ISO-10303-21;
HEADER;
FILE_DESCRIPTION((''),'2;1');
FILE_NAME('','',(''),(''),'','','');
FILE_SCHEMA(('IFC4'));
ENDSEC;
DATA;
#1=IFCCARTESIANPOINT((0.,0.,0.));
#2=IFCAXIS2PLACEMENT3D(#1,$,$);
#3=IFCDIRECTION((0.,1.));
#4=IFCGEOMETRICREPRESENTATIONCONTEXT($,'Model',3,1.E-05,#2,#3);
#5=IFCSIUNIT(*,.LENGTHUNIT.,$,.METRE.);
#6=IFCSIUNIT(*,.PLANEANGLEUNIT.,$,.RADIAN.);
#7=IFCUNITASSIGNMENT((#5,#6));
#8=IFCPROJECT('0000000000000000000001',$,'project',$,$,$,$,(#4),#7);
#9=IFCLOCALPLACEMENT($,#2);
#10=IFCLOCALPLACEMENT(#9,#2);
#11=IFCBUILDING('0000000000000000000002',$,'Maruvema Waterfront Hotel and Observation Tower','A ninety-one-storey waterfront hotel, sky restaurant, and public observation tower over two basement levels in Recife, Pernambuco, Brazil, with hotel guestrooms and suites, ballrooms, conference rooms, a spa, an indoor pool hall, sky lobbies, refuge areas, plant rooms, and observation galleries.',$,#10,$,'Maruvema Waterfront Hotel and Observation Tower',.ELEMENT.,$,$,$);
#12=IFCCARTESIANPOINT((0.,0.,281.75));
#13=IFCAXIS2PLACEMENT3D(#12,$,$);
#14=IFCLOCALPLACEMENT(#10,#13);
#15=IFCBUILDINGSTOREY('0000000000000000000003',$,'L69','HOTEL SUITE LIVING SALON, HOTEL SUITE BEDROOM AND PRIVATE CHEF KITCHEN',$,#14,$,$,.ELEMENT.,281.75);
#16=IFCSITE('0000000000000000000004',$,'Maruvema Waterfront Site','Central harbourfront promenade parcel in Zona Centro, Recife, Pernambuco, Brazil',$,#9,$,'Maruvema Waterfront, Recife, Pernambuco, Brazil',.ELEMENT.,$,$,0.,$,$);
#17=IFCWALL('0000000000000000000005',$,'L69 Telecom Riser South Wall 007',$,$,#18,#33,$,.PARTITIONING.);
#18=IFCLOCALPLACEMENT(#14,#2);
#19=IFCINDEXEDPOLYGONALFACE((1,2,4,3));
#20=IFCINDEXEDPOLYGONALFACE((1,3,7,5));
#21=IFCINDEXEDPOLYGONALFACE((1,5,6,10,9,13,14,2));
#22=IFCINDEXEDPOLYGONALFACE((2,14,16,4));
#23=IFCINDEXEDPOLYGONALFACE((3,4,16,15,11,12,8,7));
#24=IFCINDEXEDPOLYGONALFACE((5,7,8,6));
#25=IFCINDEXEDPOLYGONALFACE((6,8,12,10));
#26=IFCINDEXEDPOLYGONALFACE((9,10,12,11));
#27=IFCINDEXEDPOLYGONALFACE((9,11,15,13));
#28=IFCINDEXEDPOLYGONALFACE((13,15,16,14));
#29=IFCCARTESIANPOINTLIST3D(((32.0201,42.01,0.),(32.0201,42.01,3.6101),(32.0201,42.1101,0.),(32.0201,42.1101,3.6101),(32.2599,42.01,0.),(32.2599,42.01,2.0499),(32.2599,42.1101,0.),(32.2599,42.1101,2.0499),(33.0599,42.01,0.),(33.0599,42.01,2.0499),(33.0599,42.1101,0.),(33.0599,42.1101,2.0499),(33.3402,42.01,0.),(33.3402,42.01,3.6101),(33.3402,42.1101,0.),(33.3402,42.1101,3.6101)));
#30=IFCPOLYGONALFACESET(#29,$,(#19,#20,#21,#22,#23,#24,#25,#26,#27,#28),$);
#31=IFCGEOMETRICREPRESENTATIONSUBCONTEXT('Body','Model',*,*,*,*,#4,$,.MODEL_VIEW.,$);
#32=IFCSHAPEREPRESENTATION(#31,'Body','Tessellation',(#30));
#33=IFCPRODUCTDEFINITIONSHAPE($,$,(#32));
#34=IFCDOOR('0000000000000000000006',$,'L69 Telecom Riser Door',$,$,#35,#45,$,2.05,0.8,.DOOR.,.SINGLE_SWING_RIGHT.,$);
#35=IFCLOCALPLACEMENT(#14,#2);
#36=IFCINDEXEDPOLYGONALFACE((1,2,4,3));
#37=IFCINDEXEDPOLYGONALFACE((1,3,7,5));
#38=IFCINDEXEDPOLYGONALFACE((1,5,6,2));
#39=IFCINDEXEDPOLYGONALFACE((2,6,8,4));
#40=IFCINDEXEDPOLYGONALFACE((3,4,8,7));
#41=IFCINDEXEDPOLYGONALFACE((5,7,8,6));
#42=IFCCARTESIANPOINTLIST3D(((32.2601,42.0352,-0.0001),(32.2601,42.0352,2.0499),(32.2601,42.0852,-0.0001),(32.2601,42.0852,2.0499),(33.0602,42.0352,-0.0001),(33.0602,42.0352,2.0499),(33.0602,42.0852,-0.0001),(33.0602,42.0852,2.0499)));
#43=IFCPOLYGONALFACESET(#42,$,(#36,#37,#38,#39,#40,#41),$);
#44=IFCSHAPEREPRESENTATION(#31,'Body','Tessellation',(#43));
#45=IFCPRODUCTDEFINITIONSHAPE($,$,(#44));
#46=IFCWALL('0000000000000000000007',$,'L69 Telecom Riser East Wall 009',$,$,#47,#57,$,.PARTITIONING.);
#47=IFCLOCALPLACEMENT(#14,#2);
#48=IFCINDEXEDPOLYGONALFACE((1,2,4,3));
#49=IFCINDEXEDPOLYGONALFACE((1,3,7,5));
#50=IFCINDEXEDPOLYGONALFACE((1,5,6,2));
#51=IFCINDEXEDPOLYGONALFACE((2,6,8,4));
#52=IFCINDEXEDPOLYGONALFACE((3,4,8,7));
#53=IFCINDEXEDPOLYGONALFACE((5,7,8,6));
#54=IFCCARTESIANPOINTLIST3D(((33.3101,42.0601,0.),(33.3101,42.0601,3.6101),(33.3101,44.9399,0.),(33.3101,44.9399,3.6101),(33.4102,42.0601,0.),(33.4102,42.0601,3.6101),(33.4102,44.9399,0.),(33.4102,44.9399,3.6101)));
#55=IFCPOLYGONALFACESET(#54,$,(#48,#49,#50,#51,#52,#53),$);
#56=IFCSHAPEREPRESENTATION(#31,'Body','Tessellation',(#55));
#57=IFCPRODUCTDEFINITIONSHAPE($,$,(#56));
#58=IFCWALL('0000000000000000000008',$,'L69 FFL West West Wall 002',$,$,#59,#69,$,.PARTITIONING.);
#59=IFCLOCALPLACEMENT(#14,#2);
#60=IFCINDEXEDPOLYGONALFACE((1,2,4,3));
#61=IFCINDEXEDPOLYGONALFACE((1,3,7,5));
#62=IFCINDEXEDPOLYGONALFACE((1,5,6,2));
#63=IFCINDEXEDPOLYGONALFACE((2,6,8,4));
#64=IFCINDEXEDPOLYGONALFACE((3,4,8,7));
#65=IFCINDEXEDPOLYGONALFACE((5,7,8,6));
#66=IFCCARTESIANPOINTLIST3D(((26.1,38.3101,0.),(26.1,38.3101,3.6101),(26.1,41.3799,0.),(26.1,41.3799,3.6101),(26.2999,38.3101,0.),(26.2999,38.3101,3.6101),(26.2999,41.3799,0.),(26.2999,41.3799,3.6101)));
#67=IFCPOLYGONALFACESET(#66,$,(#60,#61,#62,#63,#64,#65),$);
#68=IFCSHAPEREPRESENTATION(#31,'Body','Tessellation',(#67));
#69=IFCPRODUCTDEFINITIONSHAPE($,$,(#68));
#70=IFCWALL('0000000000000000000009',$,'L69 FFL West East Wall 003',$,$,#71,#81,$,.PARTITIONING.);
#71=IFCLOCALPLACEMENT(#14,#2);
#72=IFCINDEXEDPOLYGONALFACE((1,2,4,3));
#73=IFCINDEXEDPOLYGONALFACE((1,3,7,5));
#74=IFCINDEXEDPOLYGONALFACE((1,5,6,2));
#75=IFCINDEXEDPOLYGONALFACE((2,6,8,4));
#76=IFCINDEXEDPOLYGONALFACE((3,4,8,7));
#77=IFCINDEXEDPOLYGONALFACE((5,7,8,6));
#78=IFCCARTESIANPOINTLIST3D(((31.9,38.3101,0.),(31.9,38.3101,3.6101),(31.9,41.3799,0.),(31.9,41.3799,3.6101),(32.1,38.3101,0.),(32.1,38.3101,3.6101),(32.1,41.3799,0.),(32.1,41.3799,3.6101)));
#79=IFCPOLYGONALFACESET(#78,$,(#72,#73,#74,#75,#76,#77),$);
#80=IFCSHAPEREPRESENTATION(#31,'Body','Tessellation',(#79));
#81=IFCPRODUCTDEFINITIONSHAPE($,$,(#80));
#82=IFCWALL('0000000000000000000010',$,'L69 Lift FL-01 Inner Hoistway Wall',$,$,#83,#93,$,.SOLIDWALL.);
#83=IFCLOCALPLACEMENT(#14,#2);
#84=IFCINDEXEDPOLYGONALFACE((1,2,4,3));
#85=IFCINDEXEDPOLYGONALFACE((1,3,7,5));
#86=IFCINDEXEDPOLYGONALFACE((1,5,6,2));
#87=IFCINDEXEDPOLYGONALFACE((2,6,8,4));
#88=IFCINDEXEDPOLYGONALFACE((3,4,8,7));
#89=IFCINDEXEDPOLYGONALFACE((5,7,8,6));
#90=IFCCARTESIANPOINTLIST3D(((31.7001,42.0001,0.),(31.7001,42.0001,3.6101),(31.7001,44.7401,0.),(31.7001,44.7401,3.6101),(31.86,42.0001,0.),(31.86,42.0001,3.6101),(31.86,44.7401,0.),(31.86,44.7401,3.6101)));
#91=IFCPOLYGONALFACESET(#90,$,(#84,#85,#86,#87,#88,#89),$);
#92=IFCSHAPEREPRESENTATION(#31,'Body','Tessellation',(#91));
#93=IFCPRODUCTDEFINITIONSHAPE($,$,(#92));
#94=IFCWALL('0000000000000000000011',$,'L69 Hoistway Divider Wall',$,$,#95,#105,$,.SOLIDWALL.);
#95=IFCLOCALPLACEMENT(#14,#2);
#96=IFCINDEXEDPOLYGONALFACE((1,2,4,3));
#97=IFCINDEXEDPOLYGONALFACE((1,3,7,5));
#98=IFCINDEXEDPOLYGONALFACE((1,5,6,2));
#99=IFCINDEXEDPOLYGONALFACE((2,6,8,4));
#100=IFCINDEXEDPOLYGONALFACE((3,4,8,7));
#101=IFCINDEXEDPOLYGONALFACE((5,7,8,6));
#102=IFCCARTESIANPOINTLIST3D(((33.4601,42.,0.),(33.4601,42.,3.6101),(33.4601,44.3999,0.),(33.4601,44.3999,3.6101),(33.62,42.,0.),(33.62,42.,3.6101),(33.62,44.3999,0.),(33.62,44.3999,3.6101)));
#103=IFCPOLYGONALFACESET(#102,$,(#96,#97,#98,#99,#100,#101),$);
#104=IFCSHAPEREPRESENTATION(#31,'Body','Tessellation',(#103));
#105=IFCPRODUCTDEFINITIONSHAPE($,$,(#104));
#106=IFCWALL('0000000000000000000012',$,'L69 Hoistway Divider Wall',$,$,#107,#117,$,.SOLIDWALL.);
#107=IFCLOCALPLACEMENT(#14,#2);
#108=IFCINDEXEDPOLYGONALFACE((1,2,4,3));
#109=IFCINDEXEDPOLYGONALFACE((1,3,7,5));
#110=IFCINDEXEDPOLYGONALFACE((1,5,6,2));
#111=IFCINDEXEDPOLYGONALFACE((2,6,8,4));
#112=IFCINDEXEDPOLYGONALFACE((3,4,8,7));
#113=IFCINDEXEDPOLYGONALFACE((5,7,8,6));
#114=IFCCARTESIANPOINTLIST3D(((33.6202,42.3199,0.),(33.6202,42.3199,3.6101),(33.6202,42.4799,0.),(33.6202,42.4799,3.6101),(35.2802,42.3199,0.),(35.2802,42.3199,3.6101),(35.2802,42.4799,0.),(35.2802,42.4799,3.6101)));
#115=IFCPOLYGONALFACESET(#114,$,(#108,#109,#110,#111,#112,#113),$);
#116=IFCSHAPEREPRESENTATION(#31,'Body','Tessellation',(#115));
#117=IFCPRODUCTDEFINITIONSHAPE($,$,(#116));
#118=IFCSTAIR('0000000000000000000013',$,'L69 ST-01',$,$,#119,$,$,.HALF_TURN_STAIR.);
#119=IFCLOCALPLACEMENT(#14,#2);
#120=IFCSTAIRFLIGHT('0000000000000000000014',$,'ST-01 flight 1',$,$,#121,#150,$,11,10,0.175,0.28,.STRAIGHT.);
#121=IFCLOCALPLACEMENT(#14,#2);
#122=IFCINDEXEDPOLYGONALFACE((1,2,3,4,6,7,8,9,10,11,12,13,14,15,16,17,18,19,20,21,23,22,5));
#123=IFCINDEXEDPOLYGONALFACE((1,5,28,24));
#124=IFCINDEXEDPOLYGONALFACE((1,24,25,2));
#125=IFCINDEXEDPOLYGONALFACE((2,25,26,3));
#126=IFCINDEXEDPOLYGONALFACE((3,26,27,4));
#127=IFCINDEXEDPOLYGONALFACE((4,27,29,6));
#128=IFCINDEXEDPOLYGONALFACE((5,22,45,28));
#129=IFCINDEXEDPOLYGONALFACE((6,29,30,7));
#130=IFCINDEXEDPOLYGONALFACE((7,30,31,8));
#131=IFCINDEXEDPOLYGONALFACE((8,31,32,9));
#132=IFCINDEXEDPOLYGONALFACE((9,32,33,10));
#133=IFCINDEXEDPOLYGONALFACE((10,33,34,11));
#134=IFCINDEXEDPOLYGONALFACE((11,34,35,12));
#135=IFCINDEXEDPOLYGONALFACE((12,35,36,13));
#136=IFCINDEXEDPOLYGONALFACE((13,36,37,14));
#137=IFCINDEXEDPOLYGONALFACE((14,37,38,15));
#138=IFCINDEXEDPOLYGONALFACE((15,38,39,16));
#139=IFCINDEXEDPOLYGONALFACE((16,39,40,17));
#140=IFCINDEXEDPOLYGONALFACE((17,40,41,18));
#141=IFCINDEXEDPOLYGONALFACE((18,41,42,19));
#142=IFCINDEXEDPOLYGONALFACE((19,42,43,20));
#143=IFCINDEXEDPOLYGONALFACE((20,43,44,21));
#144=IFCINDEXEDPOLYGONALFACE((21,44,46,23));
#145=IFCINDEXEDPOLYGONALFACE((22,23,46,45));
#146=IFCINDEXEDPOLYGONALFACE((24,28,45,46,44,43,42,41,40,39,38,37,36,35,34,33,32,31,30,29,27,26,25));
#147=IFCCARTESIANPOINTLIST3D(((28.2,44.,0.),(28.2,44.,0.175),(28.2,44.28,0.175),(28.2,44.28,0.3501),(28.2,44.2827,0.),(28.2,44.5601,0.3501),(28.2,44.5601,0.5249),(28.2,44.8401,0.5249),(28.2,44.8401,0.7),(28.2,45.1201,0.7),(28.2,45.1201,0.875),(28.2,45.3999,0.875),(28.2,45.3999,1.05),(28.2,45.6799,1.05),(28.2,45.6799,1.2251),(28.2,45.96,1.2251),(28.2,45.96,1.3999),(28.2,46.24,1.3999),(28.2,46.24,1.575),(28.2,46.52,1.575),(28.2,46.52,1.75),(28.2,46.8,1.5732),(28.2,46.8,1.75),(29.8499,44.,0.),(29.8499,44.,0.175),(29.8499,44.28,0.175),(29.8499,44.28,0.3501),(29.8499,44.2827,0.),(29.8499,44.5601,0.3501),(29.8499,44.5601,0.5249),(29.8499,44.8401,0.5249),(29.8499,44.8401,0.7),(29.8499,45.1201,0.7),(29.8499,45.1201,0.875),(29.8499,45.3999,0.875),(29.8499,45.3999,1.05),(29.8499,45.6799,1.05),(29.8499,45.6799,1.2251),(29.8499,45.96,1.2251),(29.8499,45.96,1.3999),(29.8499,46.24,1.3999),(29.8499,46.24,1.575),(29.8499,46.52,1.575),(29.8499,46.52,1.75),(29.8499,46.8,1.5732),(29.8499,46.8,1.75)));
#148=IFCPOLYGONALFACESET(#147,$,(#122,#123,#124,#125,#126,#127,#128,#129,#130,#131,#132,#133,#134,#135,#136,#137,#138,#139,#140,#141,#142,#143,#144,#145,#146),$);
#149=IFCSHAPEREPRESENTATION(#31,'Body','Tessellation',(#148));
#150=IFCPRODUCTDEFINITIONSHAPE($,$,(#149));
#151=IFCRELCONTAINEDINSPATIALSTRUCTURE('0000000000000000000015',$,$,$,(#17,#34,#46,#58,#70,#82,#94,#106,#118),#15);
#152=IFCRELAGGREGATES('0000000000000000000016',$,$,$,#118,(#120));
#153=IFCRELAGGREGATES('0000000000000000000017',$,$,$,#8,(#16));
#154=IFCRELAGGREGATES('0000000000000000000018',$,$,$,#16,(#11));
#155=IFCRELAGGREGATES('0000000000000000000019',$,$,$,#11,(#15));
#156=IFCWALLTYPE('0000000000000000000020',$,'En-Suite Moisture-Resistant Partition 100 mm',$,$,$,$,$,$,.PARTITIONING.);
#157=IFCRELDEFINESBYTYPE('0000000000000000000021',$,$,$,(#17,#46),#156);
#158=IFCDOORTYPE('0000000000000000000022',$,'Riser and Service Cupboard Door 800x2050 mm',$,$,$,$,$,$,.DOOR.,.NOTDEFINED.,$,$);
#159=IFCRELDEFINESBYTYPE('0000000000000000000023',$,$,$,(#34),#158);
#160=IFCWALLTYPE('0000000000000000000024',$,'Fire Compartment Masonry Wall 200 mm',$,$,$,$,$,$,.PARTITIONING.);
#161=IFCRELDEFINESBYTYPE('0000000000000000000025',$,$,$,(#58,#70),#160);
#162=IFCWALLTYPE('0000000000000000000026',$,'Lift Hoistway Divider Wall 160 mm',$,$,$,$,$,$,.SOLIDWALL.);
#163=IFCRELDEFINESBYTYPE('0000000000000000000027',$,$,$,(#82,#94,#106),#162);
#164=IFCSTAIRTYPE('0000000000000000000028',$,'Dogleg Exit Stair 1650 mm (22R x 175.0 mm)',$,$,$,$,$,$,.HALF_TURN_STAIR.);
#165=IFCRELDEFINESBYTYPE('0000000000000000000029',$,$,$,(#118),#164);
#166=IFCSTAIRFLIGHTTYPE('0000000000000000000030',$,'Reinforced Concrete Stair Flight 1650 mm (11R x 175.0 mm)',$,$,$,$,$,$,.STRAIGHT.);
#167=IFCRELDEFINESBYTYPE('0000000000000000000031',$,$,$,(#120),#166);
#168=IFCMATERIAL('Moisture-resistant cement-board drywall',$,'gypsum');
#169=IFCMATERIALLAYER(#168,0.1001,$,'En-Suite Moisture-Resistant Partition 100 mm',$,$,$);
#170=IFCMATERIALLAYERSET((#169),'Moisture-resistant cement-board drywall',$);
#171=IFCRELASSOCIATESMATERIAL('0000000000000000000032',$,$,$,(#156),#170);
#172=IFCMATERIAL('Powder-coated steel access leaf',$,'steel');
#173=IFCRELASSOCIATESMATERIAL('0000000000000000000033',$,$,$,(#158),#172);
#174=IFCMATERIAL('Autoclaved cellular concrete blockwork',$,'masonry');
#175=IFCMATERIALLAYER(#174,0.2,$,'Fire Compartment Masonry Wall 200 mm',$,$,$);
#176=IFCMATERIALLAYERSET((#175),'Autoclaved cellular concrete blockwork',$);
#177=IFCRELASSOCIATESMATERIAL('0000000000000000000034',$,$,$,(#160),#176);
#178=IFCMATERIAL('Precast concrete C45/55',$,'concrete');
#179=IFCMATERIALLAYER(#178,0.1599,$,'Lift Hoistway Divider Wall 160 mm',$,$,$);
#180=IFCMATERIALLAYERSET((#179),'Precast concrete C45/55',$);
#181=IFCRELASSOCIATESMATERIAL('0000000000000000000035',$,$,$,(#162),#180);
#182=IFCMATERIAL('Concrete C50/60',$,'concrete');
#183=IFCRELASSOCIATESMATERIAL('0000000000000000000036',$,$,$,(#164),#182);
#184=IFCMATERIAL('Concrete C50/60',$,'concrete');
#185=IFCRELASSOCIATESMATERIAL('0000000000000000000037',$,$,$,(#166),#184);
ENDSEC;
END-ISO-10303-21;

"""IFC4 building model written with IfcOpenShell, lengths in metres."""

from ifc_helpers import new_model, si_unit, direction, frame, frame_2d, origin, place, context, subcontext, project, spatial, polyline, rectangle, outline, extrude, material, layer, layer_set, type_object, element, fill, aggregate, save


model = new_model("IFC4")

# Units and contexts
model_context = context("Model", 3, precision=1e-05, world=origin(), true_north=direction((0.0, 1.0)))
body_context = subcontext(model_context, "Body", "Model", "MODEL_VIEW")
ifc_project = project(units=[si_unit("LENGTHUNIT", "METRE"), si_unit("PLANEANGLEUNIT", "RADIAN")], contexts=[model_context])

# Site, building, storey
site_placement = place(None, origin())
site = spatial("IfcSite", under=ifc_project, at=site_placement, Name="Maruvema Waterfront Site", Description="Central harbourfront promenade parcel in Zona Centro, Recife, Pernambuco, Brazil", LongName="Maruvema Waterfront, Recife, Pernambuco, Brazil", CompositionType="ELEMENT", RefElevation=0.0)
building_placement = place(site_placement, origin())
building = spatial("IfcBuilding", under=site, at=building_placement, Name="Maruvema Waterfront Hotel and Observation Tower", Description="A ninety-one-storey waterfront hotel, sky restaurant, and public observation tower over two basement levels in Recife, Pernambuco, Brazil, with hotel guestrooms and suites, ballrooms, conference rooms, a spa, an indoor pool hall, sky lobbies, refuge areas, plant rooms, and observation galleries.", LongName="Maruvema Waterfront Hotel and Observation Tower", CompositionType="ELEMENT")
storey_placement = place(building_placement, frame((0.0, 0.0, 281.75)))
storey = spatial("IfcBuildingStorey", under=building, at=storey_placement, Name="L69", Description="HOTEL SUITE LIVING SALON, HOTEL SUITE BEDROOM AND PRIVATE CHEF KITCHEN", CompositionType="ELEMENT", Elevation=281.75)

# Wall, opening, door
ifc_material_1 = material(Name="Moisture-resistant cement-board drywall", Category="gypsum")
ifc_layer_1 = layer(ifc_material_1, 0.1001, Name="En-Suite Moisture-Resistant Partition 100 mm")
ifc_layer_set_1 = layer_set([ifc_layer_1], Name="Moisture-resistant cement-board drywall")
wall_type_1 = type_object("IfcWallType", Name="En-Suite Moisture-Resistant Partition 100 mm", PredefinedType="PARTITIONING", material=ifc_layer_set_1)
wall_1_placement = place(storey_placement, frame((32.02, 42.0601, 0.0), z_axis=(0.0, 0.0, 1.0), x_axis=(1.0, 0.0, 0.0)))
wall_1 = element("IfcWall", 1, at=wall_1_placement, inside=storey, type_object=wall_type_1, Name="L69 Telecom Riser South Wall 007", PredefinedType="PARTITIONING", context=body_context, shape_type="SweptSolid", body=[
    extrude(rectangle(XDim=1.3201, YDim=0.1001, at=frame_2d((0.6602, 0.0))), origin(), (0.0, 0.0, 1.0), 3.6101),
])
opening_1_placement = place(wall_1_placement, frame((0.24, 0.0, 0.0)))
opening_1 = element("IfcOpeningElement", 2, at=opening_1_placement, cuts=wall_1, PredefinedType="OPENING", context=body_context, shape_type="SweptSolid", body=[
    extrude(rectangle(XDim=0.8, YDim=2.05, at=frame_2d((0.3999, 1.0249))), frame((0.0, 0.0601, 0.0), z_axis=(0.0, -1.0, 0.0), x_axis=(1.0, 0.0, 0.0)), (0.0, 0.0, 1.0), 0.1201),
])
ifc_material_2 = material(Name="Powder-coated steel access leaf", Category="steel")
door_type_1 = type_object("IfcDoorType", Name="Riser and Service Cupboard Door 800x2050 mm", OperationType="NOTDEFINED", PredefinedType="DOOR", material=ifc_material_2)
door_1_placement = place(opening_1_placement, frame((0.8, 0.0, 0.0), z_axis=(0.0, 0.0, 1.0), x_axis=(-1.0, 0.0, 0.0)))
door_1 = element("IfcDoor", 3, at=door_1_placement, inside=storey, type_object=door_type_1, Name="L69 Telecom Riser Door", OperationType="SINGLE_SWING_RIGHT", OverallHeight=2.05, OverallWidth=0.8, PredefinedType="DOOR", context=body_context, shape_type="SweptSolid", body=[
    extrude(rectangle(XDim=0.8, YDim=2.05, at=frame_2d((0.3999, 1.0249))), frame((0.0, 0.0249, 0.0), z_axis=(0.0, -1.0, 0.0), x_axis=(1.0, 0.0, 0.0)), (0.0, 0.0, 1.0), 0.05),
])
fill(opening_1, door_1)

# Walls
wall_2_placement = place(storey_placement, frame((33.3601, 42.0601, 0.0), z_axis=(0.0, 0.0, 1.0), x_axis=(0.0, 1.0, 0.0)))
element("IfcWall", 4, at=wall_2_placement, inside=storey, type_object=wall_type_1, Name="L69 Telecom Riser East Wall 009", PredefinedType="PARTITIONING", context=body_context, shape_type="SweptSolid", body=[
    extrude(rectangle(XDim=2.8799, YDim=0.1001, at=frame_2d((1.4399, 0.0))), origin(), (0.0, 0.0, 1.0), 3.6101),
])
ifc_material_3 = material(Name="Autoclaved cellular concrete blockwork", Category="masonry")
ifc_layer_2 = layer(ifc_material_3, 0.2, Name="Fire Compartment Masonry Wall 200 mm")
ifc_layer_set_2 = layer_set([ifc_layer_2], Name="Autoclaved cellular concrete blockwork")
wall_type_2 = type_object("IfcWallType", Name="Fire Compartment Masonry Wall 200 mm", PredefinedType="PARTITIONING", material=ifc_layer_set_2)
for number, where, z_axis, x_axis, name in (
    (5, (26.2, 38.3101, 0.0), (0.0, 0.0, 1.0), (0.0, 1.0, 0.0), "L69 FFL West West Wall 002"),
    (6, (32.0, 38.3101, 0.0), (0.0, 0.0, 1.0), (0.0, 1.0, 0.0), "L69 FFL West East Wall 003"),
):
    element("IfcWall", number, at=place(storey_placement, frame(where, z_axis=z_axis, x_axis=x_axis)), inside=storey, type_object=wall_type_2, Name=name, PredefinedType="PARTITIONING", context=body_context, shape_type="SweptSolid", body=[
        extrude(rectangle(XDim=3.0698, YDim=0.2, at=frame_2d((1.5349, 0.0))), origin(), (0.0, 0.0, 1.0), 3.6101),
    ])
ifc_material_4 = material(Name="Precast concrete C45/55", Category="concrete")
ifc_layer_3 = layer(ifc_material_4, 0.1599, Name="Lift Hoistway Divider Wall 160 mm")
ifc_layer_set_3 = layer_set([ifc_layer_3], Name="Precast concrete C45/55")
wall_type_3 = type_object("IfcWallType", Name="Lift Hoistway Divider Wall 160 mm", PredefinedType="SOLIDWALL", material=ifc_layer_set_3)
wall_3_placement = place(storey_placement, frame((31.78, 42.0, 0.0), z_axis=(0.0, 0.0, 1.0), x_axis=(0.0, 1.0, 0.0)))
element("IfcWall", 7, at=wall_3_placement, inside=storey, type_object=wall_type_3, Name="L69 Lift FL-01 Inner Hoistway Wall", PredefinedType="SOLIDWALL", context=body_context, shape_type="SweptSolid", body=[
    extrude(rectangle(XDim=2.74, YDim=0.1599, at=frame_2d((1.3701, 0.0))), origin(), (0.0, 0.0, 1.0), 3.6101),
])
wall_4_placement = place(storey_placement, frame((33.54, 42.0, 0.0), z_axis=(0.0, 0.0, 1.0), x_axis=(0.0, 1.0, 0.0)))
element("IfcWall", 8, at=wall_4_placement, inside=storey, type_object=wall_type_3, Name="L69 Hoistway Divider Wall", PredefinedType="SOLIDWALL", context=body_context, shape_type="SweptSolid", body=[
    extrude(rectangle(XDim=2.3999, YDim=0.1599, at=frame_2d((1.2, 0.0))), origin(), (0.0, 0.0, 1.0), 3.6101),
])
wall_5_placement = place(storey_placement, frame((33.6201, 42.3999, 0.0), z_axis=(0.0, 0.0, 1.0), x_axis=(1.0, 0.0, 0.0)))
element("IfcWall", 9, at=wall_5_placement, inside=storey, type_object=wall_type_3, Name="L69 Hoistway Divider Wall", PredefinedType="SOLIDWALL", context=body_context, shape_type="SweptSolid", body=[
    extrude(rectangle(XDim=1.6599, YDim=0.1599, at=frame_2d((0.8301, 0.0))), origin(), (0.0, 0.0, 1.0), 3.6101),
])

# Stair, stair flight
ifc_material_5 = material(Name="Concrete C50/60", Category="concrete")
stair_type = type_object("IfcStairType", Name="Dogleg Exit Stair 1650 mm (22R x 175.0 mm)", PredefinedType="HALF_TURN_STAIR", material=ifc_material_5)
stair_placement = place(storey_placement, origin())
stair = element("IfcStair", 10, at=stair_placement, inside=storey, type_object=stair_type, Name="L69 ST-01", PredefinedType="HALF_TURN_STAIR")
ifc_material_6 = material(Name="Concrete C50/60", Category="concrete")
stair_flight_type = type_object("IfcStairFlightType", Name="Reinforced Concrete Stair Flight 1650 mm (11R x 175.0 mm)", PredefinedType="STRAIGHT", material=ifc_material_6)
stair_flight_placement = place(storey_placement, frame((29.0249, 44.0, 0.0), z_axis=(0.0, 0.0, 1.0), x_axis=(0.0, 1.0, 0.0)))
stair_flight = element("IfcStairFlight", 11, at=stair_flight_placement, type_object=stair_flight_type, Name="ST-01 flight 1", NumberOfRisers=11, NumberOfTreads=10, PredefinedType="STRAIGHT", RiserHeight=0.175, TreadLength=0.28, context=body_context, shape_type="SweptSolid", body=[
    extrude(outline(polyline([(0.0, 0.0), (0.0, 0.175), (0.28, 0.175), (0.28, 0.3501), (0.5601, 0.3501), (0.5601, 0.5249), (0.8401, 0.5249), (0.8401, 0.7), (1.1201, 0.7), (1.1201, 0.875), (1.3999, 0.875), (1.3999, 1.05), (1.6799, 1.05), (1.6799, 1.2251), (1.96, 1.2251), (1.96, 1.3999), (2.24, 1.3999), (2.24, 1.575), (2.52, 1.575), (2.52, 1.75), (2.8, 1.75), (2.8, 1.925), (2.8, 1.5732), (0.2827, 0.0), (0.0, 0.0)])), frame((0.0, 0.825, 0.0), z_axis=(0.0, -1.0, 0.0), x_axis=(1.0, 0.0, 0.0)), (0.0, 0.0, 1.0), 1.6499),
])
aggregate(stair, [stair_flight])

save(model, "model.ifc")
